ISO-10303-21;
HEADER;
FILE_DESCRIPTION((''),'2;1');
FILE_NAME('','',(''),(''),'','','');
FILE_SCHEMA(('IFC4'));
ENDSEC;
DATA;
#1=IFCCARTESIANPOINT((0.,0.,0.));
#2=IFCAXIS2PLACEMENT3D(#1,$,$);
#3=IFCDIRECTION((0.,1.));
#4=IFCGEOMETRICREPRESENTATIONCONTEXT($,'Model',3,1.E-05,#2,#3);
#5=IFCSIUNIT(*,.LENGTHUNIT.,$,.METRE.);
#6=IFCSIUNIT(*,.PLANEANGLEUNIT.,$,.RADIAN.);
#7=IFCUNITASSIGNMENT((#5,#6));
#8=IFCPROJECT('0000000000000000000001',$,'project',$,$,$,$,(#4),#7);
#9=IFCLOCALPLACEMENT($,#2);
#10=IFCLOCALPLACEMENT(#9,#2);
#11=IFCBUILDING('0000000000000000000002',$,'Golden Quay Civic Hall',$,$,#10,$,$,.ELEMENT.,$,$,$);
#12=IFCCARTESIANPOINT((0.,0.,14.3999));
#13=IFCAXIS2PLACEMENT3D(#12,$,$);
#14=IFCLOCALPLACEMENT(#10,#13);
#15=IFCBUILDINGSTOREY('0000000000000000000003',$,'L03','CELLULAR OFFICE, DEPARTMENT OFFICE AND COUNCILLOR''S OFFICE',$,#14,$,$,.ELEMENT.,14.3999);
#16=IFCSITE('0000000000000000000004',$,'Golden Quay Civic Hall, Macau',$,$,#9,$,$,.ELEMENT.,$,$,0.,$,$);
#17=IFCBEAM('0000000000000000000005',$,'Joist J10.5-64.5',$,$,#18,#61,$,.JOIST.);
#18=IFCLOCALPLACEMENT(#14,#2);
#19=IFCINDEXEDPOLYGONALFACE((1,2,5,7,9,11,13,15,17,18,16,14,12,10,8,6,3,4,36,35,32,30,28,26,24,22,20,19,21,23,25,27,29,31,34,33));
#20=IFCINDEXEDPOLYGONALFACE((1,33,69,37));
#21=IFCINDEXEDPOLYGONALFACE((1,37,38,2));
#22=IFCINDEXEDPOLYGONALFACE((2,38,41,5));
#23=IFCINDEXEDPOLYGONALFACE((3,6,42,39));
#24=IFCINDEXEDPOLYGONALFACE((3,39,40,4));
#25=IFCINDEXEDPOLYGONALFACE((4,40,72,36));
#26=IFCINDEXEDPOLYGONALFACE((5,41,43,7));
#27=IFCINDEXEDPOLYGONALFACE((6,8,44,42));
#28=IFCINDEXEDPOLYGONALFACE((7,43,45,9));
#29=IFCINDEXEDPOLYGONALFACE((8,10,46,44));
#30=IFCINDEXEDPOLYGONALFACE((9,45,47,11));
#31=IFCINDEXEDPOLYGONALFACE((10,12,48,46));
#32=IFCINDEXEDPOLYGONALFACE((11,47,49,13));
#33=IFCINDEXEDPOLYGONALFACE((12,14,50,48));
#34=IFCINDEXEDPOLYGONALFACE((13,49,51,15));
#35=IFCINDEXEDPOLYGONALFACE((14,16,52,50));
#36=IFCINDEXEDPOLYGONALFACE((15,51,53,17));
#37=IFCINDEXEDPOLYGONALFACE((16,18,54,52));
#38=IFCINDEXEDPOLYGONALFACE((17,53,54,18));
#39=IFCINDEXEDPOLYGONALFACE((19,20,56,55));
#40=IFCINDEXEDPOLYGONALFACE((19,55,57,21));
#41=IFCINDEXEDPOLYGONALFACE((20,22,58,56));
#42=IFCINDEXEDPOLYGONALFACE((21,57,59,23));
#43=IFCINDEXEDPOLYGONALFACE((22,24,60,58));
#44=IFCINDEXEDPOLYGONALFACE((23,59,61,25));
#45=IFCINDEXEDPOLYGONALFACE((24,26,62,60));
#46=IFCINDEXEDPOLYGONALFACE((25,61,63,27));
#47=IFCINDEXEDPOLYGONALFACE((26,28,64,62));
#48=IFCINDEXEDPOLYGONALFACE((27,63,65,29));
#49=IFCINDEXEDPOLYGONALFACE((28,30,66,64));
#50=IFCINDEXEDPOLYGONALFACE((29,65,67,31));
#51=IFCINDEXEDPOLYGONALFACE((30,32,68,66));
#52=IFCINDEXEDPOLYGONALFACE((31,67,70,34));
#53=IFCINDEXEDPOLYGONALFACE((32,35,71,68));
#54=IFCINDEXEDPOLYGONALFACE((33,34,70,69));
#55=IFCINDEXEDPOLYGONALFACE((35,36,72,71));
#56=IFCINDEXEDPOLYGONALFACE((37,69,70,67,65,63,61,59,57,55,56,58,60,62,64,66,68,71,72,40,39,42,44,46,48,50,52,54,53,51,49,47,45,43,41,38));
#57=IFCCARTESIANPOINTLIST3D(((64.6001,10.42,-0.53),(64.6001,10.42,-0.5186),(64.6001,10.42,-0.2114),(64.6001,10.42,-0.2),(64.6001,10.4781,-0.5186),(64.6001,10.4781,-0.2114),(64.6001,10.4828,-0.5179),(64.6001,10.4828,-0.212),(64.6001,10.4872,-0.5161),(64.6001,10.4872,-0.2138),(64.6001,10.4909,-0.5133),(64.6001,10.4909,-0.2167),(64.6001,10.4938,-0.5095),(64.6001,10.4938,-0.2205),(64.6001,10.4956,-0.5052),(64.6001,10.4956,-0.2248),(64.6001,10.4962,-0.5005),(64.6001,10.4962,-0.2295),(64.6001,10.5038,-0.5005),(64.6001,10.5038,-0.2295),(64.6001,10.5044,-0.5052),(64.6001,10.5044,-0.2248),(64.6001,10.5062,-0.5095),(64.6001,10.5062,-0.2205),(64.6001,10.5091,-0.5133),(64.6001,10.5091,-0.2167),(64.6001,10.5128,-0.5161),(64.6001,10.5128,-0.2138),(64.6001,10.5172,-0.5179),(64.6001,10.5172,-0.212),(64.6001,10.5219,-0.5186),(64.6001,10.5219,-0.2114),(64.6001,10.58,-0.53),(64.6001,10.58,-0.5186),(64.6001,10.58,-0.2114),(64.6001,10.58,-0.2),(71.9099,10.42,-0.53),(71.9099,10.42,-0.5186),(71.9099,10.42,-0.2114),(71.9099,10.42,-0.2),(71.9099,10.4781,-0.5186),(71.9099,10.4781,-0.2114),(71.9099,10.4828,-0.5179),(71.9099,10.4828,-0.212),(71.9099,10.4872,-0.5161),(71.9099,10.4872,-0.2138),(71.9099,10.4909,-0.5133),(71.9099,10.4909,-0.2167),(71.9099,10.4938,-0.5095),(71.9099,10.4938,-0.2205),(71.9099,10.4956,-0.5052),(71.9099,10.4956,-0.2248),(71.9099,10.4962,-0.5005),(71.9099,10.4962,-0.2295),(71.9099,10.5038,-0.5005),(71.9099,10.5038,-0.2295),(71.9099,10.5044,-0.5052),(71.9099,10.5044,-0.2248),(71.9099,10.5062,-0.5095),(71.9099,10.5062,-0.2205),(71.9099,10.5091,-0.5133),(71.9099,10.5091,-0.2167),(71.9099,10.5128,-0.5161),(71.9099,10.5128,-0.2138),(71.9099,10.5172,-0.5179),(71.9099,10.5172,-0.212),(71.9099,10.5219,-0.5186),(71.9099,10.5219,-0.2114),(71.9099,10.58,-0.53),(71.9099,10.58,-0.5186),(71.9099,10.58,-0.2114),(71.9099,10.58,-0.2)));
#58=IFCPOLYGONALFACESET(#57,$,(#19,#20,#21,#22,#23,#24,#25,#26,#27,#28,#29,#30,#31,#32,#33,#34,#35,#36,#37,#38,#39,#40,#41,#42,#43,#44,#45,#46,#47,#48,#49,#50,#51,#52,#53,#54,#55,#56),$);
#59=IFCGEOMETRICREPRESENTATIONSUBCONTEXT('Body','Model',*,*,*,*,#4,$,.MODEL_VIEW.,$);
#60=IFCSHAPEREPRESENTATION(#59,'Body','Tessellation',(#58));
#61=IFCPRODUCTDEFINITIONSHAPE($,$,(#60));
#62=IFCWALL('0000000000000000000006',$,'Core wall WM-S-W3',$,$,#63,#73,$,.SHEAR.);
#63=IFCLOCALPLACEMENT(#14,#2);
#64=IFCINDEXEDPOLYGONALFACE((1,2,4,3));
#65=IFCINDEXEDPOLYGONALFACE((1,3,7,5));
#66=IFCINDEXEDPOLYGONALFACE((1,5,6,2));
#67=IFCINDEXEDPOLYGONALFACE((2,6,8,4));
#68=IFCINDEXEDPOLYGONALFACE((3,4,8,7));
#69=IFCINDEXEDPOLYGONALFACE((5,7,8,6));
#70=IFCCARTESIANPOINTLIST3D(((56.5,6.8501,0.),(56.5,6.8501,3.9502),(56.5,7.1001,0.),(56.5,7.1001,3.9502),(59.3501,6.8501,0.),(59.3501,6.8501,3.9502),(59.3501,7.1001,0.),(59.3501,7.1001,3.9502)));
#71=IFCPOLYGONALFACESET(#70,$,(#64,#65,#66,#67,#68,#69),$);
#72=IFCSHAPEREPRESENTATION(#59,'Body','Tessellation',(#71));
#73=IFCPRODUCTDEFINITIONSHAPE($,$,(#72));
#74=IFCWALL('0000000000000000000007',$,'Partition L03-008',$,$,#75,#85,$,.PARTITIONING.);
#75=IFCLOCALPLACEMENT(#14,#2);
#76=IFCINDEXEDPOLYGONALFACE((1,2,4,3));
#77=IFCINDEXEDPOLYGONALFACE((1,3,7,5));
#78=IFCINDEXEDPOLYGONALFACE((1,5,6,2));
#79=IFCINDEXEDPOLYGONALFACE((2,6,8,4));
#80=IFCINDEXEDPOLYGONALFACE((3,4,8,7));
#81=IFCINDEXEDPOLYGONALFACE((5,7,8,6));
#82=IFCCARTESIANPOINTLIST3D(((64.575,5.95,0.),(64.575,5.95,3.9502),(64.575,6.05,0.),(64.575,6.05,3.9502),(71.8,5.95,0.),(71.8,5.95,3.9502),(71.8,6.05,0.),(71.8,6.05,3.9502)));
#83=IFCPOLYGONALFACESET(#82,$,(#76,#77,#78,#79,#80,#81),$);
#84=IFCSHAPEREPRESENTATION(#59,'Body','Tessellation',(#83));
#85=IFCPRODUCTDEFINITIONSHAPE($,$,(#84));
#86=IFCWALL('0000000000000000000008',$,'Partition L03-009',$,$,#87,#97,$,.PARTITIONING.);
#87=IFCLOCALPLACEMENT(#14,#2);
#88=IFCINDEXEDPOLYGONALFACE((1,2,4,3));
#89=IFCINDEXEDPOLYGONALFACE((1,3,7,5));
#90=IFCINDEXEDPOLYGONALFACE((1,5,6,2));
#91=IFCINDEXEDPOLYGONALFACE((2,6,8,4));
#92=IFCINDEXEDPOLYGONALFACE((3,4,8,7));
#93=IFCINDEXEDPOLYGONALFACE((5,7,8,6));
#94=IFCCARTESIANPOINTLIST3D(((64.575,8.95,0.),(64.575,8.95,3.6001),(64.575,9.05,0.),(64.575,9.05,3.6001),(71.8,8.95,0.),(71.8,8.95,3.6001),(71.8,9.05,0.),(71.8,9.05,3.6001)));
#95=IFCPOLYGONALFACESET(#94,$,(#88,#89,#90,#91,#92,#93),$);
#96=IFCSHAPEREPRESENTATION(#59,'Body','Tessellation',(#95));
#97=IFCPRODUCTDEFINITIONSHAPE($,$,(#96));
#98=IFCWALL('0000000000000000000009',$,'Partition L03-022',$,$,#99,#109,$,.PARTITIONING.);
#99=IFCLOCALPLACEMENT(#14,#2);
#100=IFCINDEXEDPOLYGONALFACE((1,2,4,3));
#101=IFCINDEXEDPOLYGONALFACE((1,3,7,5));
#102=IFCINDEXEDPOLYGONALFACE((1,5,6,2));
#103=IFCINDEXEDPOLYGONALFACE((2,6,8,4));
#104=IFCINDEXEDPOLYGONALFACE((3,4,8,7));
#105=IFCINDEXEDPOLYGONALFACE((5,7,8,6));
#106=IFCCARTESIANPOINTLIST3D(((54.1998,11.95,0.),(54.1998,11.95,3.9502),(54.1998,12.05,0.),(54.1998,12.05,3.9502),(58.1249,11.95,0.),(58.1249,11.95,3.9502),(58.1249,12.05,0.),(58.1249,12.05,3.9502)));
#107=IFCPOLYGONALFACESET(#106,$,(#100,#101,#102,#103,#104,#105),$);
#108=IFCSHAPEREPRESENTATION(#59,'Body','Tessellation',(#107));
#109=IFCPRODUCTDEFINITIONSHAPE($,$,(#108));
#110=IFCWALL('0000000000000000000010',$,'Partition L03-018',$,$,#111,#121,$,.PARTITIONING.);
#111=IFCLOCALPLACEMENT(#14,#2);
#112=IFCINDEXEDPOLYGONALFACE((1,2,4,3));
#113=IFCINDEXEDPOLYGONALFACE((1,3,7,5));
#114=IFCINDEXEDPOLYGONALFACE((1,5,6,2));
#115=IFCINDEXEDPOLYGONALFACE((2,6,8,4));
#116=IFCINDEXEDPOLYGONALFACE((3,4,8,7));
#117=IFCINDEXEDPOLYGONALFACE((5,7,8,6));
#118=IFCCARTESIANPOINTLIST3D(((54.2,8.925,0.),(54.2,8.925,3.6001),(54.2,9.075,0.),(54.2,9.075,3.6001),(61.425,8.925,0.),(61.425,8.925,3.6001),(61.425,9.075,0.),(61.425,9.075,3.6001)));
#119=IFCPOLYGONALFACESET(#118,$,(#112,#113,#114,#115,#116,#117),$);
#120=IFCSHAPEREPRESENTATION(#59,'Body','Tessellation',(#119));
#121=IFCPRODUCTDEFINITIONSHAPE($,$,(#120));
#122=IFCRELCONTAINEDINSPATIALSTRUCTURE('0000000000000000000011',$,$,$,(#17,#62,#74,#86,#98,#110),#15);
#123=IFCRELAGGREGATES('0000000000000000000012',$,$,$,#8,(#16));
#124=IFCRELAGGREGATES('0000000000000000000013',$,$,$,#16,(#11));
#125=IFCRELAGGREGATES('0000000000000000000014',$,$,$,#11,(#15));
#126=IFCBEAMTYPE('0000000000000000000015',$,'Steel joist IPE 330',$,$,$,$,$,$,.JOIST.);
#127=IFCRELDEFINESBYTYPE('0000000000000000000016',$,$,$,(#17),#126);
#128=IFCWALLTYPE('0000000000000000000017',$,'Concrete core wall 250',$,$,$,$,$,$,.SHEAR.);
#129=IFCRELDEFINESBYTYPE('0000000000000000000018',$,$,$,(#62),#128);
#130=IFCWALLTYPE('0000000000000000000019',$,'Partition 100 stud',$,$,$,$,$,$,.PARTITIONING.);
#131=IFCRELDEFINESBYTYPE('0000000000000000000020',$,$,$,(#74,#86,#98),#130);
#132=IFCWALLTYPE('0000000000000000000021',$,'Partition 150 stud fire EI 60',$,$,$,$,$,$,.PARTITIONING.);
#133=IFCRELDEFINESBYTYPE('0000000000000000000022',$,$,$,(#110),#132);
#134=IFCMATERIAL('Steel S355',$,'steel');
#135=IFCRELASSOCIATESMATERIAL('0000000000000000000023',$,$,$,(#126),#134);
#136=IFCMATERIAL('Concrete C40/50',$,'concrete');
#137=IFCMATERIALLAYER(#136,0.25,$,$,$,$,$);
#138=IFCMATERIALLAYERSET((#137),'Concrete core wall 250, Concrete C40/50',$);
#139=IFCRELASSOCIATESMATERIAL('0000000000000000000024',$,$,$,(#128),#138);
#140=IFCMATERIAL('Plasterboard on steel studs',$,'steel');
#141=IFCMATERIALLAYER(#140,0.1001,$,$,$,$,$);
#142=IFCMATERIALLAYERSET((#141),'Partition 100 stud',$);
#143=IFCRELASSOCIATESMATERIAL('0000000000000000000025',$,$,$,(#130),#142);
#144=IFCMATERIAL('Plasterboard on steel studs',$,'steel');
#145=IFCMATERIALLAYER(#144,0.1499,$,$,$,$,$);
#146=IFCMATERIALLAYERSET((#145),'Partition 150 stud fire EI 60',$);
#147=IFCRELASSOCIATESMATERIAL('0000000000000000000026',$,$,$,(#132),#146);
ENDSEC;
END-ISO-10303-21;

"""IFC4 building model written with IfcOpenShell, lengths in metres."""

from ifc_helpers import new_model, si_unit, direction, frame, frame_2d, origin, origin_2d, place, context, subcontext, project, spatial, rectangle, i_section, extrude, material, layer, layer_set, material_profile, profile_set, type_object, element, save


model = new_model("IFC4")

# Units and contexts
model_context = context("Model", 3, precision=1e-05, world=origin(), true_north=direction((0.0, 1.0)))
body_context = subcontext(model_context, "Body", "Model", "MODEL_VIEW")
ifc_project = project(units=[si_unit("LENGTHUNIT", "METRE"), si_unit("PLANEANGLEUNIT", "RADIAN")], contexts=[model_context])

# Site, building, storey
site_placement = place(None, origin())
site = spatial("IfcSite", under=ifc_project, at=site_placement, Name="Golden Quay Civic Hall, Macau", CompositionType="ELEMENT", RefElevation=0.0)
building_placement = place(site_placement, origin())
building = spatial("IfcBuilding", under=site, at=building_placement, Name="Golden Quay Civic Hall", CompositionType="ELEMENT")
storey_placement = place(building_placement, frame((0.0, 0.0, 14.3999)))
storey = spatial("IfcBuildingStorey", under=building, at=storey_placement, Name="L03", Description="CELLULAR OFFICE, DEPARTMENT OFFICE AND COUNCILLOR'S OFFICE", CompositionType="ELEMENT", Elevation=14.3999)

# Beam
ifc_material_1 = material(Name="Steel S355", Category="steel")
ifc_material_profile_1 = material_profile(ifc_material_1, i_section(OverallWidth=0.1599, OverallDepth=0.3301, WebThickness=0.0076, FlangeThickness=0.0115, FilletRadius=0.0181, at=origin_2d()), Name="IPE 330")
ifc_profile_set_1 = profile_set([ifc_material_profile_1], Name="Steel S355")
beam_type_1 = type_object("IfcBeamType", Name="Steel joist IPE 330", PredefinedType="JOIST", material=ifc_profile_set_1)
for number, where, z_axis, x_axis, name in (
    (1, (64.6001, 10.5, -0.365), (1.0, 0.0, 0.0), (0.0, 1.0, 0.0), "Joist J10.5-64.5"),
):
    element("IfcBeam", number, at=place(storey_placement, frame(where, z_axis=z_axis, x_axis=x_axis)), inside=storey, type_object=beam_type_1, Name=name, PredefinedType="JOIST", context=body_context, shape_type="SweptSolid", body=[
        extrude(i_section(OverallWidth=0.1599, OverallDepth=0.3301, WebThickness=0.0076, FlangeThickness=0.0115, FilletRadius=0.0181, at=origin_2d()), origin(), (0.0, 0.0, 1.0), 7.3098),
    ])

# Walls
ifc_material_2 = material(Name="Concrete C40/50", Category="concrete")
ifc_layer_1 = layer(ifc_material_2, 0.25)
ifc_layer_set_1 = layer_set([ifc_layer_1], Name="Concrete core wall 250, Concrete C40/50")
wall_type_1 = type_object("IfcWallType", Name="Concrete core wall 250", PredefinedType="SHEAR", material=ifc_layer_set_1)
wall_1_placement = place(storey_placement, frame((56.5, 6.9751, 0.0), z_axis=(0.0, 0.0, 1.0), x_axis=(1.0, 0.0, 0.0)))
element("IfcWall", 2, at=wall_1_placement, inside=storey, type_object=wall_type_1, Name="Core wall WM-S-W3", PredefinedType="SHEAR", context=body_context, shape_type="SweptSolid", body=[
    extrude(rectangle(XDim=2.8501, YDim=0.25, at=frame_2d((1.425, 0.0))), origin(), (0.0, 0.0, 1.0), 3.9502),
])
ifc_material_3 = material(Name="Plasterboard on steel studs", Category="steel")
ifc_layer_2 = layer(ifc_material_3, 0.1001)
ifc_layer_set_2 = layer_set([ifc_layer_2], Name="Partition 100 stud")
wall_type_2 = type_object("IfcWallType", Name="Partition 100 stud", PredefinedType="PARTITIONING", material=ifc_layer_set_2)
wall_2_placement = place(storey_placement, frame((64.575, 6.0, 0.0), z_axis=(0.0, 0.0, 1.0), x_axis=(1.0, 0.0, 0.0)))
element("IfcWall", 3, at=wall_2_placement, inside=storey, type_object=wall_type_2, Name="Partition L03-008", PredefinedType="PARTITIONING", context=body_context, shape_type="SweptSolid", body=[
    extrude(rectangle(XDim=7.2251, YDim=0.1001, at=frame_2d((3.6125, 0.0))), origin(), (0.0, 0.0, 1.0), 3.9502),
])
wall_3_placement = place(storey_placement, frame((64.575, 9.0, 0.0), z_axis=(0.0, 0.0, 1.0), x_axis=(1.0, 0.0, 0.0)))
element("IfcWall", 4, at=wall_3_placement, inside=storey, type_object=wall_type_2, Name="Partition L03-009", PredefinedType="PARTITIONING", context=body_context, shape_type="SweptSolid", body=[
    extrude(rectangle(XDim=7.2251, YDim=0.1001, at=frame_2d((3.6125, 0.0))), origin(), (0.0, 0.0, 1.0), 3.6001),
])
wall_4_placement = place(storey_placement, frame((54.2, 12.0, 0.0), z_axis=(0.0, 0.0, 1.0), x_axis=(1.0, 0.0, 0.0)))
element("IfcWall", 5, at=wall_4_placement, inside=storey, type_object=wall_type_2, Name="Partition L03-022", PredefinedType="PARTITIONING", context=body_context, shape_type="SweptSolid", body=[
    extrude(rectangle(XDim=3.925, YDim=0.1001, at=frame_2d((1.9624, 0.0))), origin(), (0.0, 0.0, 1.0), 3.9502),
])
ifc_material_4 = material(Name="Plasterboard on steel studs", Category="steel")
ifc_layer_3 = layer(ifc_material_4, 0.1499)
ifc_layer_set_3 = layer_set([ifc_layer_3], Name="Partition 150 stud fire EI 60")
wall_type_3 = type_object("IfcWallType", Name="Partition 150 stud fire EI 60", PredefinedType="PARTITIONING", material=ifc_layer_set_3)
wall_5_placement = place(storey_placement, frame((54.2, 9.0, 0.0), z_axis=(0.0, 0.0, 1.0), x_axis=(1.0, 0.0, 0.0)))
element("IfcWall", 6, at=wall_5_placement, inside=storey, type_object=wall_type_3, Name="Partition L03-018", PredefinedType="PARTITIONING", context=body_context, shape_type="SweptSolid", body=[
    extrude(rectangle(XDim=7.2251, YDim=0.1499, at=frame_2d((3.6125, 0.0))), origin(), (0.0, 0.0, 1.0), 3.6001),
])

save(model, "model.ifc")
